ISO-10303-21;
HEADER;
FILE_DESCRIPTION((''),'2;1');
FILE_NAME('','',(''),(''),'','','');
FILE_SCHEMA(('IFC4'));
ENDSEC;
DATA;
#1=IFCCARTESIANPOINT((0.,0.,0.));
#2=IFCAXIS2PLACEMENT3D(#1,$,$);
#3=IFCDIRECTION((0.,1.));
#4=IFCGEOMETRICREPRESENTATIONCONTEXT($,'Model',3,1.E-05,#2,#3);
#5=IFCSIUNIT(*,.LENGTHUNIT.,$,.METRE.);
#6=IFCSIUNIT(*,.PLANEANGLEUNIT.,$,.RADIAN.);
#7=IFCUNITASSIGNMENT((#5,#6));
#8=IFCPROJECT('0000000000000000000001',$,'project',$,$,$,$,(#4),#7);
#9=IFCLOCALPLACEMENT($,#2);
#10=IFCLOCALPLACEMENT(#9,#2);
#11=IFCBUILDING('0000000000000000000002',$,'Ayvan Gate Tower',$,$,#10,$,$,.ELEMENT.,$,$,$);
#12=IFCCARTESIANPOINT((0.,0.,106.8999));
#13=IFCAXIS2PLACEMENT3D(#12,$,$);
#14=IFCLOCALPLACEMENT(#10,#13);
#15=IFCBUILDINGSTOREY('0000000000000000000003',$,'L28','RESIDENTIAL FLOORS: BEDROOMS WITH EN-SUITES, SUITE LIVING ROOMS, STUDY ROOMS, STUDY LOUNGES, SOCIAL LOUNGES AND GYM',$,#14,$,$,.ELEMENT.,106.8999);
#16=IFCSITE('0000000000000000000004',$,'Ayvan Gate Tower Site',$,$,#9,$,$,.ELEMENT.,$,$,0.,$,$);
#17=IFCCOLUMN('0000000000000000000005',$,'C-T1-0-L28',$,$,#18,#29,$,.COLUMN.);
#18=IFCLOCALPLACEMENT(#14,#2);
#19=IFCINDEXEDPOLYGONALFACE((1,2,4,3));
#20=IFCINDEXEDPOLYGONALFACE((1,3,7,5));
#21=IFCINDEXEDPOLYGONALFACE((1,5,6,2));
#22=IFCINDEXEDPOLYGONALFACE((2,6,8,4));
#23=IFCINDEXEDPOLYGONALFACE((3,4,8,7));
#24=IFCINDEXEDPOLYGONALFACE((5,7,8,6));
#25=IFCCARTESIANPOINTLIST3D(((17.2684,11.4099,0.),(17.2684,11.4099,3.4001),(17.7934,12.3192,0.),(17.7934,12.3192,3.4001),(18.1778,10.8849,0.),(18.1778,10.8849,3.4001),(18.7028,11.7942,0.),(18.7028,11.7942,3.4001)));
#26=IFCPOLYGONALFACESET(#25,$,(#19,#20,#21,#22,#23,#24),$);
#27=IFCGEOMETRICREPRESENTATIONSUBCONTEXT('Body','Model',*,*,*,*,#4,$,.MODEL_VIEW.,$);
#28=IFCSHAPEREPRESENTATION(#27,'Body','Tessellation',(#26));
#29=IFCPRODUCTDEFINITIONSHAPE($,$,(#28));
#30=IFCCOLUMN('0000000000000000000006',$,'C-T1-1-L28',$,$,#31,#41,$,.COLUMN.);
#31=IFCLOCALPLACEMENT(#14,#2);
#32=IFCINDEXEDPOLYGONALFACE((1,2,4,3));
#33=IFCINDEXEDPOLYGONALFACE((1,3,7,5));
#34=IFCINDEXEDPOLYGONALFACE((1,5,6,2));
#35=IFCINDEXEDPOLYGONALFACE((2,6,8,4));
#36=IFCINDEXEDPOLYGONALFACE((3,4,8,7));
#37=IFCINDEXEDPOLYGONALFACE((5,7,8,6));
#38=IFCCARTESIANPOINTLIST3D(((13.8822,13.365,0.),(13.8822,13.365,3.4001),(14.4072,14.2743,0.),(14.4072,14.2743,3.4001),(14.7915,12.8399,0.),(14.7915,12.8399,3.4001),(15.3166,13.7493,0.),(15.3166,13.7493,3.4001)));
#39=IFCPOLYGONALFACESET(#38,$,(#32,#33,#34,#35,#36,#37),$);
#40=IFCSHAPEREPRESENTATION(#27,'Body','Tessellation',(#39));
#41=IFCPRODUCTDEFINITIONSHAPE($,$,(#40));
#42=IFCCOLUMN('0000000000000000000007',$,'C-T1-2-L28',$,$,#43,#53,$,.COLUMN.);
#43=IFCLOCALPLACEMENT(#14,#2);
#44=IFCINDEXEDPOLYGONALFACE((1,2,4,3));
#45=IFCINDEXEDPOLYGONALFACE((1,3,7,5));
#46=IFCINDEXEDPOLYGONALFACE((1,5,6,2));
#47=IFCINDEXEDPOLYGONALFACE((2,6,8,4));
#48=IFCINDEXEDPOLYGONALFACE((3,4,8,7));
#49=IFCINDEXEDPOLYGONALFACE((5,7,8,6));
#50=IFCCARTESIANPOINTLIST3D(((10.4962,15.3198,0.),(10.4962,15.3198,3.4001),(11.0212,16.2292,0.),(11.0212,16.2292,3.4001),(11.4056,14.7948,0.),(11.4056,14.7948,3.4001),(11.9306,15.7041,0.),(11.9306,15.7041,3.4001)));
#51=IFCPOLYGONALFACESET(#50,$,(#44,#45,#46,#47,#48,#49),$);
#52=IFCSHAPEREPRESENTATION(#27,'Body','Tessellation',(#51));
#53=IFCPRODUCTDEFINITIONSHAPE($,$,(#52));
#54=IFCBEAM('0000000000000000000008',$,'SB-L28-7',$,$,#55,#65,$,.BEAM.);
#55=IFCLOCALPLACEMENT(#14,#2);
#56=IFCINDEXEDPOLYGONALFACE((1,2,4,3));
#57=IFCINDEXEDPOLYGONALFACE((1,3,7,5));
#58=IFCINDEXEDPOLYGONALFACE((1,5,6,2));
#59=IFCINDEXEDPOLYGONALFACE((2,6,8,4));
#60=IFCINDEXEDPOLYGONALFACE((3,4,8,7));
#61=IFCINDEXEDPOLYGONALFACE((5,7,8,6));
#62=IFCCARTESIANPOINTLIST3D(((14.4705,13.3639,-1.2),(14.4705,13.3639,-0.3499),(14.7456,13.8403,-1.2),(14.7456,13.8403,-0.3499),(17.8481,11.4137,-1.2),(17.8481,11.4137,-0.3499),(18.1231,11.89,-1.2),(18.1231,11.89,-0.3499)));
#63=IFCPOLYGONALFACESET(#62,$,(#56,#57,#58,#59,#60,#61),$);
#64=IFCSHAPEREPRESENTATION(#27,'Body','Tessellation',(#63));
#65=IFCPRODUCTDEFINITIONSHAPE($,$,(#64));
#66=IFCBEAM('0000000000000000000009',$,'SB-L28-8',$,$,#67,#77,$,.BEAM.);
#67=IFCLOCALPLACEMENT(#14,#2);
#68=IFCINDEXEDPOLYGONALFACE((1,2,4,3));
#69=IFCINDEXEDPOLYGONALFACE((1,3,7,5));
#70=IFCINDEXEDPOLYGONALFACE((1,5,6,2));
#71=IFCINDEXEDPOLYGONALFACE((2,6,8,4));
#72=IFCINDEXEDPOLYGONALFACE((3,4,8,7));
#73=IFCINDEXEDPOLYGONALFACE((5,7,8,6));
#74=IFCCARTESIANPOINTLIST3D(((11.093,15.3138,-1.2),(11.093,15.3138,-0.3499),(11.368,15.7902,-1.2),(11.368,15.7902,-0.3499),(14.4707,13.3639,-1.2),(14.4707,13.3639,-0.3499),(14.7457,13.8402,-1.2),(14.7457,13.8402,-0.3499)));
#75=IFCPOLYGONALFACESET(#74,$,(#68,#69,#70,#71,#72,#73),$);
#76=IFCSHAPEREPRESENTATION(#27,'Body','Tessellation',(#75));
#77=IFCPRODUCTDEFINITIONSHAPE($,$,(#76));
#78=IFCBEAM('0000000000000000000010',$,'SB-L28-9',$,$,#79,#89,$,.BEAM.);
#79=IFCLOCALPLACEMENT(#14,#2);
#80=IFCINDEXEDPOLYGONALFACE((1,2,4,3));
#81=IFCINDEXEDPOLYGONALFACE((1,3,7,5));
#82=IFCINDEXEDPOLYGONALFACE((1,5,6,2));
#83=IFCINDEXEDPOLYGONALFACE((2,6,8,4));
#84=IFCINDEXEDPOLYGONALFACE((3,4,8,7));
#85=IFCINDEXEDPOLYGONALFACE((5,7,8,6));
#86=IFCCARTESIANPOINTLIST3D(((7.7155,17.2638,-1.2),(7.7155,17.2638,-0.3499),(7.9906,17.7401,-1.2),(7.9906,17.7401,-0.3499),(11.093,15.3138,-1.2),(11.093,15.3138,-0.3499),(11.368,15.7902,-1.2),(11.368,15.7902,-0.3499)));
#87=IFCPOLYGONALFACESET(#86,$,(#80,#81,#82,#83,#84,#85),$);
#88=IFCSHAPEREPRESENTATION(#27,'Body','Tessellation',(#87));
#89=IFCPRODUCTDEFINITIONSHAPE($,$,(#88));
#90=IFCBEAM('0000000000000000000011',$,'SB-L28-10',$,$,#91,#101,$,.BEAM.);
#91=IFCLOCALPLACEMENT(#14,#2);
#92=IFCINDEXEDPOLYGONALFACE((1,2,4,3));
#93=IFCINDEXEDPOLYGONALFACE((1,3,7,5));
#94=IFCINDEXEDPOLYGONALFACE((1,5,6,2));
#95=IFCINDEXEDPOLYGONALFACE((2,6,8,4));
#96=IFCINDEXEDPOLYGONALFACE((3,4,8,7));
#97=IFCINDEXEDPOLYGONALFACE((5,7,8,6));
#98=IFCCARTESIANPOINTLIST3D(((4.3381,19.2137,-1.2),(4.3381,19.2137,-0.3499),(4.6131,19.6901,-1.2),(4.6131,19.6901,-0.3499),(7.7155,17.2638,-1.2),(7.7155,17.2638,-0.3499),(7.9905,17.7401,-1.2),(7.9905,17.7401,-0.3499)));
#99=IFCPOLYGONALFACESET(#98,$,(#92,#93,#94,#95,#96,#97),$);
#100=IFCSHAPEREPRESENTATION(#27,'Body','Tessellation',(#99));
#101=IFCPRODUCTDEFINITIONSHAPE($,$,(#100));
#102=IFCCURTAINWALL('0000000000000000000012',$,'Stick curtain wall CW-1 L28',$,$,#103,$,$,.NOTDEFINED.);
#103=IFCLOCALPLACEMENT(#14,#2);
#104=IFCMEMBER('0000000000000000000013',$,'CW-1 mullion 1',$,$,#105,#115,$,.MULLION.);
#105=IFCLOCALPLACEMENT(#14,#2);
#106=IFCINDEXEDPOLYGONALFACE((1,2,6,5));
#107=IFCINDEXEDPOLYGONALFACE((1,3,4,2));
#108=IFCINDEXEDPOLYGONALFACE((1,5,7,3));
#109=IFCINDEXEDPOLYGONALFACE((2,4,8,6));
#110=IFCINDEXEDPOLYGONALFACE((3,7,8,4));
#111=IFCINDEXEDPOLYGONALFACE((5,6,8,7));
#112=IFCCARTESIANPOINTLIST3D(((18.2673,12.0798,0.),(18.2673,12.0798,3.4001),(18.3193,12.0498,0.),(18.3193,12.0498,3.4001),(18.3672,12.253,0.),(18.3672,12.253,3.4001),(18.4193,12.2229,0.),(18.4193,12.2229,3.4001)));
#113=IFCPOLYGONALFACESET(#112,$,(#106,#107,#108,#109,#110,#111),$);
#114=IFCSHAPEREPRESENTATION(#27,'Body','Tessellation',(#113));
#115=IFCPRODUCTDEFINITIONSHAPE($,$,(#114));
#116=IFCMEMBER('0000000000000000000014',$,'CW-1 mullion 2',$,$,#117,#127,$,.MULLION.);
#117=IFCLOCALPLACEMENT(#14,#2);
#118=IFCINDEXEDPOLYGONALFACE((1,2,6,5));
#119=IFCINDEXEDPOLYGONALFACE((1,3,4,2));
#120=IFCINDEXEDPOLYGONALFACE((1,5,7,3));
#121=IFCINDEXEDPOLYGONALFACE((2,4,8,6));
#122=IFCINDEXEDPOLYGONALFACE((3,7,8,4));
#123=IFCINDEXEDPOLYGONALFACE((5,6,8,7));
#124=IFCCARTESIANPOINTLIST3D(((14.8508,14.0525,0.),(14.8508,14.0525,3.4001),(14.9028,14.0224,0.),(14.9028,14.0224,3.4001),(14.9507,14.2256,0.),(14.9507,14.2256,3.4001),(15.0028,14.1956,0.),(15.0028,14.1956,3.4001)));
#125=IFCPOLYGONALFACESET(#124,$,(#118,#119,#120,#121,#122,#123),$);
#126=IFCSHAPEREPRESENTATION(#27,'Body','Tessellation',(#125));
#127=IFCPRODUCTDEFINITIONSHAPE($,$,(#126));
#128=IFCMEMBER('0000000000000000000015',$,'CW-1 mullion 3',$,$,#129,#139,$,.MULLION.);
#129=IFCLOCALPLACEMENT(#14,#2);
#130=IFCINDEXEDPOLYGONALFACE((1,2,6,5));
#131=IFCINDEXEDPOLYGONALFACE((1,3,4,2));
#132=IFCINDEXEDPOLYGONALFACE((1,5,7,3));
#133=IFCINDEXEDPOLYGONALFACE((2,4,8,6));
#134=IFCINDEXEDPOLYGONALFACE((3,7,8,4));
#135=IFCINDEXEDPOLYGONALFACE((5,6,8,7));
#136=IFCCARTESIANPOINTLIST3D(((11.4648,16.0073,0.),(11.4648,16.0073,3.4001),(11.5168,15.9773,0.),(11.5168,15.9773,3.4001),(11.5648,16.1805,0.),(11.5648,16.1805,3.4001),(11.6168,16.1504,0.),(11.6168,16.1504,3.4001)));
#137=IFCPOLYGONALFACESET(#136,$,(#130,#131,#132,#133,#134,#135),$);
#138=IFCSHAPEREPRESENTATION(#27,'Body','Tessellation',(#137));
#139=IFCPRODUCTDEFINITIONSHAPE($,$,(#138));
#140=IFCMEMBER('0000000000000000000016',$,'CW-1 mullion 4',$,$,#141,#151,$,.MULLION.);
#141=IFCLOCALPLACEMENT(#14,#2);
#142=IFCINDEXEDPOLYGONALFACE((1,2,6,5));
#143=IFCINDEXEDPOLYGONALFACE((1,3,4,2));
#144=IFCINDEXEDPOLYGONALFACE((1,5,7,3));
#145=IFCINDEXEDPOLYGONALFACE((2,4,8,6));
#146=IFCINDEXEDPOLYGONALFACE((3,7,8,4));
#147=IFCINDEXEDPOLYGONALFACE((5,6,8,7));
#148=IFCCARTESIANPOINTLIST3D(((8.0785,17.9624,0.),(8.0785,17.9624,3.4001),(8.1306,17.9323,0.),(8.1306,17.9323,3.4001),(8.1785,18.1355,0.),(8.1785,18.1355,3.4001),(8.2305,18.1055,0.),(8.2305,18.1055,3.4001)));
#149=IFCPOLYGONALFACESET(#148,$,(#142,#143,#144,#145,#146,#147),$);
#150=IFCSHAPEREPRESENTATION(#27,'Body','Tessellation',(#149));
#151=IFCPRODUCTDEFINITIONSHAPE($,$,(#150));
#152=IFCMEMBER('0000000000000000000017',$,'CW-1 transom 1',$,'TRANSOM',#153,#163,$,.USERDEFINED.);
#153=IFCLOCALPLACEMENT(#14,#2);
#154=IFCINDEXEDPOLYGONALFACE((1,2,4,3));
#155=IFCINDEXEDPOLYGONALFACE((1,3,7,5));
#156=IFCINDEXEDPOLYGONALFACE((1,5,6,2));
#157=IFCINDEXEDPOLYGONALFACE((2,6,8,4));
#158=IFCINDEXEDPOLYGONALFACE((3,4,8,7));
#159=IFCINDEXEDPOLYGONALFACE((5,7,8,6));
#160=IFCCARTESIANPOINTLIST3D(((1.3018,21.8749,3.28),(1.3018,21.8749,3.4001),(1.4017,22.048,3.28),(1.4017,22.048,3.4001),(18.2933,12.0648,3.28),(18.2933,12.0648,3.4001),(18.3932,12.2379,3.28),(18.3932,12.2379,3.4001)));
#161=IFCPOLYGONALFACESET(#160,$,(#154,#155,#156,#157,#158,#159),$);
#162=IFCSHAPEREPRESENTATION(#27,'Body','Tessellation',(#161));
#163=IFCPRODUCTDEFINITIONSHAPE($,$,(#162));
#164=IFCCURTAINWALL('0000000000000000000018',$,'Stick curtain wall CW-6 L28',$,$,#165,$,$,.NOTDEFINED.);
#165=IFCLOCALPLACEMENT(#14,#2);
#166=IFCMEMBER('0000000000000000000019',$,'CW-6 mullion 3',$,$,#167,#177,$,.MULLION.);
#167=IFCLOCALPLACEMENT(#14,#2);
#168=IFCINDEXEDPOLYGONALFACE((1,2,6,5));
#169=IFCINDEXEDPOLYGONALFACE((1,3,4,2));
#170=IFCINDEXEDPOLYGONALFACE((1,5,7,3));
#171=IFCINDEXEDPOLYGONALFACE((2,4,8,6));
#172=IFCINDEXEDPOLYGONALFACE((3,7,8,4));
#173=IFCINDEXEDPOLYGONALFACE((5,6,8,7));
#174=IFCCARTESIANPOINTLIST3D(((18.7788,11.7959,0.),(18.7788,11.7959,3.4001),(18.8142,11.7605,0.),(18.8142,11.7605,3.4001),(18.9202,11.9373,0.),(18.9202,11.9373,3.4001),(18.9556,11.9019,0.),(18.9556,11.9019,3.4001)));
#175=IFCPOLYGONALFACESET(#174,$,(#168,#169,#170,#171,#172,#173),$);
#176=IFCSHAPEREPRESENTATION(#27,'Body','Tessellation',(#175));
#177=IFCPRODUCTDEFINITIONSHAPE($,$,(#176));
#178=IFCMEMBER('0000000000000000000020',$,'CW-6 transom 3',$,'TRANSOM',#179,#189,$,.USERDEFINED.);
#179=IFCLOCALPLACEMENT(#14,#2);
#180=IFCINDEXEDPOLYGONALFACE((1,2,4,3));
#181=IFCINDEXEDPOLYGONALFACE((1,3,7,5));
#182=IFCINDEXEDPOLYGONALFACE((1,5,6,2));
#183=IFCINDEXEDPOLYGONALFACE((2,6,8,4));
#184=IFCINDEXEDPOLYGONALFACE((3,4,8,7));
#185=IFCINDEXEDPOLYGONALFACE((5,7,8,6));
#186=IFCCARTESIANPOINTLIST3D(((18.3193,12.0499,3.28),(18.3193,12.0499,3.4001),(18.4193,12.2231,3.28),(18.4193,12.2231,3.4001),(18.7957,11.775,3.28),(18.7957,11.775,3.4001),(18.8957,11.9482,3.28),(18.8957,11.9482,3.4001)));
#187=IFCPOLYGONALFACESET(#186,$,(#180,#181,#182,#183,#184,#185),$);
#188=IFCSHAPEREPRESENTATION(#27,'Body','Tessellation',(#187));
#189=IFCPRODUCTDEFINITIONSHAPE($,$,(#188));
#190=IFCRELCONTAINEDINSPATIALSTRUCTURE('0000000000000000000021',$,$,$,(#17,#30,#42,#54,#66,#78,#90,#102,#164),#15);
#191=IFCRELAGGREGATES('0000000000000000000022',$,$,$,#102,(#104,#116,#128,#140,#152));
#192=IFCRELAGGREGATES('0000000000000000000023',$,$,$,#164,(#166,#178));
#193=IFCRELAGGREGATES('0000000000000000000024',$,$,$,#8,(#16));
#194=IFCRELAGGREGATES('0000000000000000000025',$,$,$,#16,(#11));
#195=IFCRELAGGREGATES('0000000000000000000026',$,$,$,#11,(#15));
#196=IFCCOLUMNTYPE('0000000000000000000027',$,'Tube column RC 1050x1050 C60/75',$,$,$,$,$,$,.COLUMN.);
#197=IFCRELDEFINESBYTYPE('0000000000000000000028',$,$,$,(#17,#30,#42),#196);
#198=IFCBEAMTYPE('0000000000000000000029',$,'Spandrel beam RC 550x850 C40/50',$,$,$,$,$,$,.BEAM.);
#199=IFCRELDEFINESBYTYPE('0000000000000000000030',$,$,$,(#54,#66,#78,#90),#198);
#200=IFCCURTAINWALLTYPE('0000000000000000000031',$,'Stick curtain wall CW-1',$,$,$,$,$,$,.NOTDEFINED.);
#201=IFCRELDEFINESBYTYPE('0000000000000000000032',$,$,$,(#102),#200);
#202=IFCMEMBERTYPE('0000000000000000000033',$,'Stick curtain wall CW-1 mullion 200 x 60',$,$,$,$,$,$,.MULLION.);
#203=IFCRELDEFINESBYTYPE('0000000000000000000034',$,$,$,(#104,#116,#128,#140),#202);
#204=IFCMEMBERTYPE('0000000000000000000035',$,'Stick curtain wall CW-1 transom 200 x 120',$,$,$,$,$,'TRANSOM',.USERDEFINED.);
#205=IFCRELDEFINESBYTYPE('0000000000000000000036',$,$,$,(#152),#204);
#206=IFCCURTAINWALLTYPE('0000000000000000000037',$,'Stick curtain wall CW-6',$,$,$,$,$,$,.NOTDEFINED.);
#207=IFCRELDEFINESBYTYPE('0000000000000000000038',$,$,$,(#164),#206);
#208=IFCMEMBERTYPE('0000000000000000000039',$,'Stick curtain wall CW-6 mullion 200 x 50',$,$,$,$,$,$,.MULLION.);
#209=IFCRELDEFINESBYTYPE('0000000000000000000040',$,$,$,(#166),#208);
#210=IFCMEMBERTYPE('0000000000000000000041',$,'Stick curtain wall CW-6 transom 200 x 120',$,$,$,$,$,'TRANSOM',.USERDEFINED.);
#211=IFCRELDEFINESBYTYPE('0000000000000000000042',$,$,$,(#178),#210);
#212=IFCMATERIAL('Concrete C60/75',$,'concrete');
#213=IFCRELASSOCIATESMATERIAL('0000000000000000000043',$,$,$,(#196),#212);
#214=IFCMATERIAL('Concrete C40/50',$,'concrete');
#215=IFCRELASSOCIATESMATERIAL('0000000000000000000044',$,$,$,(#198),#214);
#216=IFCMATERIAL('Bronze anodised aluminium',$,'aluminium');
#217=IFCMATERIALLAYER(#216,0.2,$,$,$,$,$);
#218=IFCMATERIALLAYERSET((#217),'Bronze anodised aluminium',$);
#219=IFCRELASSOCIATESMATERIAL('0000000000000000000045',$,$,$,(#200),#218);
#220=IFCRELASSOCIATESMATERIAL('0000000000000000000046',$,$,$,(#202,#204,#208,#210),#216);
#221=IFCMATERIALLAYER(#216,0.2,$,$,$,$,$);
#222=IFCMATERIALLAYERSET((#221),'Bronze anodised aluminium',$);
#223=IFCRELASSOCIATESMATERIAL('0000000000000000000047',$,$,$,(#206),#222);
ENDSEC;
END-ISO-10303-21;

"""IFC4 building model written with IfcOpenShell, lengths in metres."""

from ifc_helpers import new_model, si_unit, direction, frame, origin, origin_2d, place, context, subcontext, project, spatial, rectangle, extrude, material, layer, layer_set, material_profile, profile_set, type_object, element, aggregate, save


model = new_model("IFC4")

# Units and contexts
model_context = context("Model", 3, precision=1e-05, world=origin(), true_north=direction((0.0, 1.0)))
body_context = subcontext(model_context, "Body", "Model", "MODEL_VIEW")
ifc_project = project(units=[si_unit("LENGTHUNIT", "METRE"), si_unit("PLANEANGLEUNIT", "RADIAN")], contexts=[model_context])

# Site, building, storey
site_placement = place(None, origin())
site = spatial("IfcSite", under=ifc_project, at=site_placement, Name="Ayvan Gate Tower Site", CompositionType="ELEMENT", RefElevation=0.0)
building_placement = place(site_placement, origin())
building = spatial("IfcBuilding", under=site, at=building_placement, Name="Ayvan Gate Tower", CompositionType="ELEMENT")
storey_placement = place(building_placement, frame((0.0, 0.0, 106.8999)))
storey = spatial("IfcBuildingStorey", under=building, at=storey_placement, Name="L28", Description="RESIDENTIAL FLOORS: BEDROOMS WITH EN-SUITES, SUITE LIVING ROOMS, STUDY ROOMS, STUDY LOUNGES, SOCIAL LOUNGES AND GYM", CompositionType="ELEMENT", Elevation=106.8999)

# Columns
ifc_material_1 = material(Name="Concrete C60/75", Category="concrete")
ifc_material_profile_1 = material_profile(ifc_material_1, rectangle(XDim=1.05, YDim=1.05, at=origin_2d()), Name="RC 1050x1050")
ifc_profile_set_1 = profile_set([ifc_material_profile_1], Name="Concrete C60/75")
column_type = type_object("IfcColumnType", Name="Tube column RC 1050x1050 C60/75", PredefinedType="COLUMN", material=ifc_profile_set_1)
for number, where, z_axis, x_axis, name in (
    (1, (17.9856, 11.6021, 0.0), (0.0, 0.0, 1.0), (0.5, 0.866025, 0.0), "C-T1-0-L28"),
    (2, (14.5994, 13.5571, 0.0), (0.0, 0.0, 1.0), (0.5, 0.866025, 0.0), "C-T1-1-L28"),
    (3, (11.2134, 15.512, 0.0), (0.0, 0.0, 1.0), (0.5, 0.866025, 0.0), "C-T1-2-L28"),
):
    element("IfcColumn", number, at=place(storey_placement, frame(where, z_axis=z_axis, x_axis=x_axis)), inside=storey, type_object=column_type, Name=name, PredefinedType="COLUMN", context=body_context, shape_type="SweptSolid", body=[
        extrude(rectangle(XDim=1.05, YDim=1.05, at=origin_2d()), origin(), (0.0, 0.0, 1.0), 3.4001),
    ])

# Beams
ifc_material_2 = material(Name="Concrete C40/50", Category="concrete")
ifc_material_profile_2 = material_profile(ifc_material_2, rectangle(XDim=0.55, YDim=0.8501, at=origin_2d()), Name="RC 550x850")
ifc_profile_set_2 = profile_set([ifc_material_profile_2], Name="Concrete C40/50")
beam_type = type_object("IfcBeamType", Name="Spandrel beam RC 550x850 C40/50", PredefinedType="BEAM", material=ifc_profile_set_2)
for number, where, z_axis, x_axis, name in (
    (4, (17.9856, 11.6519, -0.7749), (-0.866, 0.500044, 0.0), (-0.500044, -0.866, 0.0), "SB-L28-7"),
    (5, (14.6082, 13.6021, -0.7749), (-0.866043, 0.49997, 0.0), (-0.49997, -0.866043, 0.0), "SB-L28-8"),
):
    element("IfcBeam", number, at=place(storey_placement, frame(where, z_axis=z_axis, x_axis=x_axis)), inside=storey, type_object=beam_type, Name=name, PredefinedType="BEAM", context=body_context, shape_type="SweptSolid", body=[
        extrude(rectangle(XDim=0.55, YDim=0.8501, at=origin_2d()), origin(), (0.0, 0.0, 1.0), 3.9001),
    ])
for number, where, z_axis, x_axis, name in (
    (6, (11.2305, 15.552, -0.7749), (-0.866027, 0.499997, 0.0), (-0.499997, -0.866027, 0.0), "SB-L28-9"),
    (7, (7.853, 17.502, -0.7749), (-0.866027, 0.499997, 0.0), (-0.499997, -0.866027, 0.0), "SB-L28-10"),
):
    element("IfcBeam", number, at=place(storey_placement, frame(where, z_axis=z_axis, x_axis=x_axis)), inside=storey, type_object=beam_type, Name=name, PredefinedType="BEAM", context=body_context, shape_type="SweptSolid", body=[
        extrude(rectangle(XDim=0.55, YDim=0.8501, at=origin_2d()), origin(), (0.0, 0.0, 1.0), 3.8999),
    ])

# Curtain walls, members
ifc_material_3 = material(Name="Bronze anodised aluminium", Category="aluminium")
ifc_layer_1 = layer(ifc_material_3, 0.2)
ifc_layer_set_1 = layer_set([ifc_layer_1], Name="Bronze anodised aluminium")
curtain_wall_type_1 = type_object("IfcCurtainWallType", Name="Stick curtain wall CW-1", PredefinedType="NOTDEFINED", material=ifc_layer_set_1)
curtain_wall_1_placement = place(storey_placement, origin())
curtain_wall_1 = element("IfcCurtainWall", 8, at=curtain_wall_1_placement, inside=storey, type_object=curtain_wall_type_1, Name="Stick curtain wall CW-1 L28", PredefinedType="NOTDEFINED")
ifc_material_profile_3 = material_profile(ifc_material_3, rectangle(XDim=0.2, YDim=0.0601, at=origin_2d()), Name="Stick curtain wall CW-1 mullion 200 x 60")
ifc_profile_set_3 = profile_set([ifc_material_profile_3], Name="Bronze anodised aluminium")
member_type_1 = type_object("IfcMemberType", Name="Stick curtain wall CW-1 mullion 200 x 60", PredefinedType="MULLION", material=ifc_profile_set_3)
member_1_placement = place(storey_placement, frame((18.3433, 12.1514, 0.0), z_axis=(0.0, 0.0, 1.0), x_axis=(0.5, 0.866025, 0.0)))
member_1 = element("IfcMember", 9, at=member_1_placement, type_object=member_type_1, Name="CW-1 mullion 1", PredefinedType="MULLION", context=body_context, shape_type="SweptSolid", body=[
    extrude(rectangle(XDim=0.2, YDim=0.0601, at=origin_2d()), origin(), (0.0, 0.0, 1.0), 3.4001),
])
member_2_placement = place(storey_placement, frame((14.9268, 14.124, 0.0), z_axis=(0.0, 0.0, 1.0), x_axis=(0.5, 0.866025, 0.0)))
member_2 = element("IfcMember", 10, at=member_2_placement, type_object=member_type_1, Name="CW-1 mullion 2", PredefinedType="MULLION", context=body_context, shape_type="SweptSolid", body=[
    extrude(rectangle(XDim=0.2, YDim=0.0601, at=origin_2d()), origin(), (0.0, 0.0, 1.0), 3.4001),
])
member_3_placement = place(storey_placement, frame((11.5408, 16.0789, 0.0), z_axis=(0.0, 0.0, 1.0), x_axis=(0.5, 0.866025, 0.0)))
member_3 = element("IfcMember", 11, at=member_3_placement, type_object=member_type_1, Name="CW-1 mullion 3", PredefinedType="MULLION", context=body_context, shape_type="SweptSolid", body=[
    extrude(rectangle(XDim=0.2, YDim=0.0601, at=origin_2d()), origin(), (0.0, 0.0, 1.0), 3.4001),
])
member_4_placement = place(storey_placement, frame((8.1545, 18.0339, 0.0), z_axis=(0.0, 0.0, 1.0), x_axis=(0.5, 0.866025, 0.0)))
member_4 = element("IfcMember", 12, at=member_4_placement, type_object=member_type_1, Name="CW-1 mullion 4", PredefinedType="MULLION", context=body_context, shape_type="SweptSolid", body=[
    extrude(rectangle(XDim=0.2, YDim=0.0601, at=origin_2d()), origin(), (0.0, 0.0, 1.0), 3.4001),
])
ifc_material_profile_4 = material_profile(ifc_material_3, rectangle(XDim=0.2, YDim=0.1201, at=origin_2d()), Name="Stick curtain wall CW-1 transom 200 x 120")
ifc_profile_set_4 = profile_set([ifc_material_profile_4], Name="Bronze anodised aluminium")
member_type_2 = type_object("IfcMemberType", Name="Stick curtain wall CW-1 transom 200 x 120", ElementType="TRANSOM", PredefinedType="USERDEFINED", material=ifc_profile_set_4)
member_5_placement = place(storey_placement, frame((18.3433, 12.1514, 3.3401), z_axis=(-0.866025, 0.500001, 0.0), x_axis=(-0.500001, -0.866025, 0.0)))
member_5 = element("IfcMember", 13, at=member_5_placement, type_object=member_type_2, Name="CW-1 transom 1", ObjectType="TRANSOM", PredefinedType="USERDEFINED", context=body_context, shape_type="SweptSolid", body=[
    extrude(rectangle(XDim=0.2, YDim=0.1201, at=origin_2d()), origin(), (0.0, 0.0, 1.0), 19.6201),
])
ifc_layer_2 = layer(ifc_material_3, 0.2)
ifc_layer_set_2 = layer_set([ifc_layer_2], Name="Bronze anodised aluminium")
curtain_wall_type_2 = type_object("IfcCurtainWallType", Name="Stick curtain wall CW-6", PredefinedType="NOTDEFINED", material=ifc_layer_set_2)
curtain_wall_2_placement = place(storey_placement, origin())
curtain_wall_2 = element("IfcCurtainWall", 14, at=curtain_wall_2_placement, inside=storey, type_object=curtain_wall_type_2, Name="Stick curtain wall CW-6 L28", PredefinedType="NOTDEFINED")
ifc_material_profile_5 = material_profile(ifc_material_3, rectangle(XDim=0.2, YDim=0.05, at=origin_2d()), Name="Stick curtain wall CW-6 mullion 200 x 50")
ifc_profile_set_5 = profile_set([ifc_material_profile_5], Name="Bronze anodised aluminium")
member_type_3 = type_object("IfcMemberType", Name="Stick curtain wall CW-6 mullion 200 x 50", PredefinedType="MULLION", material=ifc_profile_set_5)
member_6_placement = place(storey_placement, frame((18.8672, 11.8489, 0.0), z_axis=(0.0, 0.0, 1.0), x_axis=(0.707107, 0.707107, 0.0)))
member_6 = element("IfcMember", 15, at=member_6_placement, type_object=member_type_3, Name="CW-6 mullion 3", PredefinedType="MULLION", context=body_context, shape_type="SweptSolid", body=[
    extrude(rectangle(XDim=0.2, YDim=0.05, at=origin_2d()), origin(), (0.0, 0.0, 1.0), 3.4001),
])
ifc_material_profile_6 = material_profile(ifc_material_3, rectangle(XDim=0.2, YDim=0.1201, at=origin_2d()), Name="Stick curtain wall CW-6 transom 200 x 120")
ifc_profile_set_6 = profile_set([ifc_material_profile_6], Name="Bronze anodised aluminium")
member_type_4 = type_object("IfcMemberType", Name="Stick curtain wall CW-6 transom 200 x 120", ElementType="TRANSOM", PredefinedType="USERDEFINED", material=ifc_profile_set_6)
member_7_placement = place(storey_placement, frame((18.8457, 11.8616, 3.3401), z_axis=(-0.866104, 0.499863, 0.0), x_axis=(-0.499863, -0.866104, 0.0)))
member_7 = element("IfcMember", 16, at=member_7_placement, type_object=member_type_4, Name="CW-6 transom 3", ObjectType="TRANSOM", PredefinedType="USERDEFINED", context=body_context, shape_type="SweptSolid", body=[
    extrude(rectangle(XDim=0.2, YDim=0.1201, at=origin_2d()), origin(), (0.0, 0.0, 1.0), 0.55),
])

aggregate(curtain_wall_1, [member_1, member_2, member_3, member_4, member_5])
aggregate(curtain_wall_2, [member_6, member_7])

save(model, "model.ifc")
